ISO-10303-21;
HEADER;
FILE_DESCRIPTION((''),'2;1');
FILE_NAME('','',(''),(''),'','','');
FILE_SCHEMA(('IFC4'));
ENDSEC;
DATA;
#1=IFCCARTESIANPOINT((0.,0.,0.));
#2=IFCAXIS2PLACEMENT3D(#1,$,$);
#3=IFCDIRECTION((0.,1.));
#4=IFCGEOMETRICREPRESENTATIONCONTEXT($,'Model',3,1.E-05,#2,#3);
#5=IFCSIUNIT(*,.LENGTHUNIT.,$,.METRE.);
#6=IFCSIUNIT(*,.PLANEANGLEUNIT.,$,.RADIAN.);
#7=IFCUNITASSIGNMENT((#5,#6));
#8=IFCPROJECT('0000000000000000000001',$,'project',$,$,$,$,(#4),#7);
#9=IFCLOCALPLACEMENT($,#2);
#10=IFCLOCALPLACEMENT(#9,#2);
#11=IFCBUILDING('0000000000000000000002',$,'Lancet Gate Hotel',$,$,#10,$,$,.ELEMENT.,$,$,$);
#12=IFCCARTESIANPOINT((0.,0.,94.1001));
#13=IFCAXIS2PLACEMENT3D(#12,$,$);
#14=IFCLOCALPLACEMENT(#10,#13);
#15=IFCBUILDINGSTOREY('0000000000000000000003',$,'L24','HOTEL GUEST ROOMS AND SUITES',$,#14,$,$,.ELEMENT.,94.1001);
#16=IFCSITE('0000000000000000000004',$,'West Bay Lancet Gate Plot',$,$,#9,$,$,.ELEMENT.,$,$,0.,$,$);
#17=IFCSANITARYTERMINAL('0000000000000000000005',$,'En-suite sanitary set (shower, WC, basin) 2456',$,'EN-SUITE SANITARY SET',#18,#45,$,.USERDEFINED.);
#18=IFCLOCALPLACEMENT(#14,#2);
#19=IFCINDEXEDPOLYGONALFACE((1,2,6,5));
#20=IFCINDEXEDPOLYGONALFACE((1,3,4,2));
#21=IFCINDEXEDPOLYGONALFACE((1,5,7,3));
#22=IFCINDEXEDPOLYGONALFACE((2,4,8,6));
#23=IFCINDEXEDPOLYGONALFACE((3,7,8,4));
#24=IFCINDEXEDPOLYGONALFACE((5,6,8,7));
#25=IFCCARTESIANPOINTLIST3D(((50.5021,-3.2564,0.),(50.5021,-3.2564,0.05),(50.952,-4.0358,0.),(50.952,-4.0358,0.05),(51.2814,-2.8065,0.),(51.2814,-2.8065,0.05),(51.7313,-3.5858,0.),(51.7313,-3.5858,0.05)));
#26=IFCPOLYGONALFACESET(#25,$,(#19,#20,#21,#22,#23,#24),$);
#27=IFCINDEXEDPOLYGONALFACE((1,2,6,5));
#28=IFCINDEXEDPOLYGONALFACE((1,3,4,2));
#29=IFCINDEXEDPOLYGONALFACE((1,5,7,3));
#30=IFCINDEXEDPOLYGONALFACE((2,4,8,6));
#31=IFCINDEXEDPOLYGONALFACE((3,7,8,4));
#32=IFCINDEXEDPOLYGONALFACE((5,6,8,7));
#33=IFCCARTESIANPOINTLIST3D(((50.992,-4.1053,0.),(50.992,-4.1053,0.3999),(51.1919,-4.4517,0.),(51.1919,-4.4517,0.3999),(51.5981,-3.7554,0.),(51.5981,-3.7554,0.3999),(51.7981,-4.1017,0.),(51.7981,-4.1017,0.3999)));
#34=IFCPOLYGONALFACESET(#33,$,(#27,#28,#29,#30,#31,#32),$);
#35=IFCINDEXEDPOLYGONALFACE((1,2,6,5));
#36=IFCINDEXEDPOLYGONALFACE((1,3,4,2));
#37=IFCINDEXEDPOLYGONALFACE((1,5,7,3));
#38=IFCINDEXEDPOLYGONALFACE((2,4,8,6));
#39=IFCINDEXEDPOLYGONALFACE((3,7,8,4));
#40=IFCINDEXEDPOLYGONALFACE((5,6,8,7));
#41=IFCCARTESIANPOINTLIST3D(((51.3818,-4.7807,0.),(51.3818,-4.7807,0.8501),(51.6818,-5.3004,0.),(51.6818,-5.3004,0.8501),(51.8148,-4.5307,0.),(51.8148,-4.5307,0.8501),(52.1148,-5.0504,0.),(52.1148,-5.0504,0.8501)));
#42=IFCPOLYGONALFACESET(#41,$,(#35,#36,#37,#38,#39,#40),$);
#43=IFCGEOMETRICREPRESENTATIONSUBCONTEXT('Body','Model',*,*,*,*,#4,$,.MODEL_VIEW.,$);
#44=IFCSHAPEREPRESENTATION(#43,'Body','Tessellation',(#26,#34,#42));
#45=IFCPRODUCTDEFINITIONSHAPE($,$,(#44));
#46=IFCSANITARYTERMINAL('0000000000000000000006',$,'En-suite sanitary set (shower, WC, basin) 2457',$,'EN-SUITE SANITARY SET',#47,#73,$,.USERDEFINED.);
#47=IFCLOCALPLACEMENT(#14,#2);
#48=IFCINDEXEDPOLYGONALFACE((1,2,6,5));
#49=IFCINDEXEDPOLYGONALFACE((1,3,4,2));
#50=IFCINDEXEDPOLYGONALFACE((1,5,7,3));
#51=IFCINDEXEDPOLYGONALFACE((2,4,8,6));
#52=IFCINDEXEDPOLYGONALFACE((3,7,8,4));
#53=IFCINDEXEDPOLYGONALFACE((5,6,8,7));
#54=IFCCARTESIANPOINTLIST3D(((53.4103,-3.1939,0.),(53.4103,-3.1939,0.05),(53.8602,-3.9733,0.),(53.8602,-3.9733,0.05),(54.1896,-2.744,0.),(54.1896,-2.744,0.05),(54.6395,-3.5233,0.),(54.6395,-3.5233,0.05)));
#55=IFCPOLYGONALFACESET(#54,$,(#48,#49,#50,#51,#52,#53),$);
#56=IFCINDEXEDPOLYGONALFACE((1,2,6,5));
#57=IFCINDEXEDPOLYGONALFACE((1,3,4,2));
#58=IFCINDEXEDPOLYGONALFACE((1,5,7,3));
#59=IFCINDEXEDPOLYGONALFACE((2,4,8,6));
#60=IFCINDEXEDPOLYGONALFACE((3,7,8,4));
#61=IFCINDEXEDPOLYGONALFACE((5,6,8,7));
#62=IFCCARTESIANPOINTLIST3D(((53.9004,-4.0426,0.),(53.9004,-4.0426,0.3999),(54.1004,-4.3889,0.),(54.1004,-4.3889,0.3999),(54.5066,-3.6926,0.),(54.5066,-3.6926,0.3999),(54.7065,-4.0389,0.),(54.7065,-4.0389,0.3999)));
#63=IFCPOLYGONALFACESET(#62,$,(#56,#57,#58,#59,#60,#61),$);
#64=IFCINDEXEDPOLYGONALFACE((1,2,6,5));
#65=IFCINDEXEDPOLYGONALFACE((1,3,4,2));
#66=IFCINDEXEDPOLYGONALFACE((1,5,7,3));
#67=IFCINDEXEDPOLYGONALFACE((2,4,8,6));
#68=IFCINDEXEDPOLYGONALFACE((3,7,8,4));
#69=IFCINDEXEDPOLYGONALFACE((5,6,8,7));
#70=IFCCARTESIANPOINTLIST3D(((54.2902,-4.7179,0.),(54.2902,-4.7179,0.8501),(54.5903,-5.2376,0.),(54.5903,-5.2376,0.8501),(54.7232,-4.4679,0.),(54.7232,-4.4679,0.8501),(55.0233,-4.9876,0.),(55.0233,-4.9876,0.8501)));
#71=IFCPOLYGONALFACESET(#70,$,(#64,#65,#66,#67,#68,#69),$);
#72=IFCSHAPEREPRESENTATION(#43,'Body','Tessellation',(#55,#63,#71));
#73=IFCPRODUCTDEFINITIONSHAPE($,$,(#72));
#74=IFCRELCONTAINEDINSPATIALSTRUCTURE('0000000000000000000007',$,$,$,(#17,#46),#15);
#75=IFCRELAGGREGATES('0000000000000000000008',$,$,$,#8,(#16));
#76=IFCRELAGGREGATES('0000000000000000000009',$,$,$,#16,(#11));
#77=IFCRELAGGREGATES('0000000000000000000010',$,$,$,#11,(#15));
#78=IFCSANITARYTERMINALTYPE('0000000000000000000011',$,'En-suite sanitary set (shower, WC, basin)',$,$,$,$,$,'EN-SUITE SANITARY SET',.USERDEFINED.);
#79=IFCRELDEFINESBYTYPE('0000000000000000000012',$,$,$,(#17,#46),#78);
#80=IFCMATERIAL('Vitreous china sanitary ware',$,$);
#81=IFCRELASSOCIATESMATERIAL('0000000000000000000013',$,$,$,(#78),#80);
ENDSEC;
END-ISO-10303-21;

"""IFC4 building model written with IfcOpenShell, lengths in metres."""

from ifc_helpers import new_model, si_unit, direction, frame, origin, origin_2d, place, context, subcontext, project, spatial, rectangle, extrude, material, type_object, element, save


model = new_model("IFC4")

# Units and contexts
model_context = context("Model", 3, precision=1e-05, world=origin(), true_north=direction((0.0, 1.0)))
body_context = subcontext(model_context, "Body", "Model", "MODEL_VIEW")
ifc_project = project(units=[si_unit("LENGTHUNIT", "METRE"), si_unit("PLANEANGLEUNIT", "RADIAN")], contexts=[model_context])

# Site, building, storey
site_placement = place(None, origin())
site = spatial("IfcSite", under=ifc_project, at=site_placement, Name="West Bay Lancet Gate Plot", CompositionType="ELEMENT", RefElevation=0.0)
building_placement = place(site_placement, origin())
building = spatial("IfcBuilding", under=site, at=building_placement, Name="Lancet Gate Hotel", CompositionType="ELEMENT")
storey_placement = place(building_placement, frame((0.0, 0.0, 94.1001)))
storey = spatial("IfcBuildingStorey", under=building, at=storey_placement, Name="L24", Description="HOTEL GUEST ROOMS AND SUITES", CompositionType="ELEMENT", Elevation=94.1001)

# Sanitary terminals
ifc_material_1 = material(Name="Vitreous china sanitary ware")
sanitary_terminal_type = type_object("IfcSanitaryTerminalType", Name="En-suite sanitary set (shower, WC, basin)", ElementType="EN-SUITE SANITARY SET", PredefinedType="USERDEFINED", material=ifc_material_1)
sanitary_terminal_1_placement = place(storey_placement, frame((51.1167, -3.4211, 0.0), z_axis=(0.0, 0.0, 1.0), x_axis=(1.0, 0.0, 0.0)))
element("IfcSanitaryTerminal", 1, at=sanitary_terminal_1_placement, inside=storey, type_object=sanitary_terminal_type, Name="En-suite sanitary set (shower, WC, basin) 2456", ObjectType="EN-SUITE SANITARY SET", PredefinedType="USERDEFINED", context=body_context, shape_type="SweptSolid", body=[
    extrude(rectangle(XDim=0.8999, YDim=0.8999, at=origin_2d()), frame((0.0, 0.0, 0.0), z_axis=(0.0, 0.0, 1.0), x_axis=(-0.5, 0.866025, 0.0)), (0.0, 0.0, 1.0), 0.05),
    extrude(rectangle(XDim=0.3999, YDim=0.7, at=origin_2d()), frame((0.2783, -0.6824, 0.0), z_axis=(0.0, 0.0, 1.0), x_axis=(-0.5, 0.866025, 0.0)), (0.0, 0.0, 1.0), 0.3999),
    extrude(rectangle(XDim=0.6001, YDim=0.5, at=origin_2d()), frame((0.6316, -1.4944, 0.0), z_axis=(0.0, 0.0, 1.0), x_axis=(-0.5, 0.866025, 0.0)), (0.0, 0.0, 1.0), 0.8501),
])
sanitary_terminal_2_placement = place(storey_placement, frame((54.0249, -3.3586, 0.0), z_axis=(0.0, 0.0, 1.0), x_axis=(1.0, 0.0, 0.0)))
element("IfcSanitaryTerminal", 2, at=sanitary_terminal_2_placement, inside=storey, type_object=sanitary_terminal_type, Name="En-suite sanitary set (shower, WC, basin) 2457", ObjectType="EN-SUITE SANITARY SET", PredefinedType="USERDEFINED", context=body_context, shape_type="SweptSolid", body=[
    extrude(rectangle(XDim=0.8999, YDim=0.8999, at=origin_2d()), frame((0.0, 0.0, 0.0), z_axis=(0.0, 0.0, 1.0), x_axis=(-0.5, 0.866025, 0.0)), (0.0, 0.0, 1.0), 0.05),
    extrude(rectangle(XDim=0.3999, YDim=0.7, at=origin_2d()), frame((0.2786, -0.6821, 0.0), z_axis=(0.0, 0.0, 1.0), x_axis=(-0.5, 0.866025, 0.0)), (0.0, 0.0, 1.0), 0.3999),
    extrude(rectangle(XDim=0.6001, YDim=0.5, at=origin_2d()), frame((0.6318, -1.4941, 0.0), z_axis=(0.0, 0.0, 1.0), x_axis=(-0.5, 0.866025, 0.0)), (0.0, 0.0, 1.0), 0.8501),
])

save(model, "model.ifc")
